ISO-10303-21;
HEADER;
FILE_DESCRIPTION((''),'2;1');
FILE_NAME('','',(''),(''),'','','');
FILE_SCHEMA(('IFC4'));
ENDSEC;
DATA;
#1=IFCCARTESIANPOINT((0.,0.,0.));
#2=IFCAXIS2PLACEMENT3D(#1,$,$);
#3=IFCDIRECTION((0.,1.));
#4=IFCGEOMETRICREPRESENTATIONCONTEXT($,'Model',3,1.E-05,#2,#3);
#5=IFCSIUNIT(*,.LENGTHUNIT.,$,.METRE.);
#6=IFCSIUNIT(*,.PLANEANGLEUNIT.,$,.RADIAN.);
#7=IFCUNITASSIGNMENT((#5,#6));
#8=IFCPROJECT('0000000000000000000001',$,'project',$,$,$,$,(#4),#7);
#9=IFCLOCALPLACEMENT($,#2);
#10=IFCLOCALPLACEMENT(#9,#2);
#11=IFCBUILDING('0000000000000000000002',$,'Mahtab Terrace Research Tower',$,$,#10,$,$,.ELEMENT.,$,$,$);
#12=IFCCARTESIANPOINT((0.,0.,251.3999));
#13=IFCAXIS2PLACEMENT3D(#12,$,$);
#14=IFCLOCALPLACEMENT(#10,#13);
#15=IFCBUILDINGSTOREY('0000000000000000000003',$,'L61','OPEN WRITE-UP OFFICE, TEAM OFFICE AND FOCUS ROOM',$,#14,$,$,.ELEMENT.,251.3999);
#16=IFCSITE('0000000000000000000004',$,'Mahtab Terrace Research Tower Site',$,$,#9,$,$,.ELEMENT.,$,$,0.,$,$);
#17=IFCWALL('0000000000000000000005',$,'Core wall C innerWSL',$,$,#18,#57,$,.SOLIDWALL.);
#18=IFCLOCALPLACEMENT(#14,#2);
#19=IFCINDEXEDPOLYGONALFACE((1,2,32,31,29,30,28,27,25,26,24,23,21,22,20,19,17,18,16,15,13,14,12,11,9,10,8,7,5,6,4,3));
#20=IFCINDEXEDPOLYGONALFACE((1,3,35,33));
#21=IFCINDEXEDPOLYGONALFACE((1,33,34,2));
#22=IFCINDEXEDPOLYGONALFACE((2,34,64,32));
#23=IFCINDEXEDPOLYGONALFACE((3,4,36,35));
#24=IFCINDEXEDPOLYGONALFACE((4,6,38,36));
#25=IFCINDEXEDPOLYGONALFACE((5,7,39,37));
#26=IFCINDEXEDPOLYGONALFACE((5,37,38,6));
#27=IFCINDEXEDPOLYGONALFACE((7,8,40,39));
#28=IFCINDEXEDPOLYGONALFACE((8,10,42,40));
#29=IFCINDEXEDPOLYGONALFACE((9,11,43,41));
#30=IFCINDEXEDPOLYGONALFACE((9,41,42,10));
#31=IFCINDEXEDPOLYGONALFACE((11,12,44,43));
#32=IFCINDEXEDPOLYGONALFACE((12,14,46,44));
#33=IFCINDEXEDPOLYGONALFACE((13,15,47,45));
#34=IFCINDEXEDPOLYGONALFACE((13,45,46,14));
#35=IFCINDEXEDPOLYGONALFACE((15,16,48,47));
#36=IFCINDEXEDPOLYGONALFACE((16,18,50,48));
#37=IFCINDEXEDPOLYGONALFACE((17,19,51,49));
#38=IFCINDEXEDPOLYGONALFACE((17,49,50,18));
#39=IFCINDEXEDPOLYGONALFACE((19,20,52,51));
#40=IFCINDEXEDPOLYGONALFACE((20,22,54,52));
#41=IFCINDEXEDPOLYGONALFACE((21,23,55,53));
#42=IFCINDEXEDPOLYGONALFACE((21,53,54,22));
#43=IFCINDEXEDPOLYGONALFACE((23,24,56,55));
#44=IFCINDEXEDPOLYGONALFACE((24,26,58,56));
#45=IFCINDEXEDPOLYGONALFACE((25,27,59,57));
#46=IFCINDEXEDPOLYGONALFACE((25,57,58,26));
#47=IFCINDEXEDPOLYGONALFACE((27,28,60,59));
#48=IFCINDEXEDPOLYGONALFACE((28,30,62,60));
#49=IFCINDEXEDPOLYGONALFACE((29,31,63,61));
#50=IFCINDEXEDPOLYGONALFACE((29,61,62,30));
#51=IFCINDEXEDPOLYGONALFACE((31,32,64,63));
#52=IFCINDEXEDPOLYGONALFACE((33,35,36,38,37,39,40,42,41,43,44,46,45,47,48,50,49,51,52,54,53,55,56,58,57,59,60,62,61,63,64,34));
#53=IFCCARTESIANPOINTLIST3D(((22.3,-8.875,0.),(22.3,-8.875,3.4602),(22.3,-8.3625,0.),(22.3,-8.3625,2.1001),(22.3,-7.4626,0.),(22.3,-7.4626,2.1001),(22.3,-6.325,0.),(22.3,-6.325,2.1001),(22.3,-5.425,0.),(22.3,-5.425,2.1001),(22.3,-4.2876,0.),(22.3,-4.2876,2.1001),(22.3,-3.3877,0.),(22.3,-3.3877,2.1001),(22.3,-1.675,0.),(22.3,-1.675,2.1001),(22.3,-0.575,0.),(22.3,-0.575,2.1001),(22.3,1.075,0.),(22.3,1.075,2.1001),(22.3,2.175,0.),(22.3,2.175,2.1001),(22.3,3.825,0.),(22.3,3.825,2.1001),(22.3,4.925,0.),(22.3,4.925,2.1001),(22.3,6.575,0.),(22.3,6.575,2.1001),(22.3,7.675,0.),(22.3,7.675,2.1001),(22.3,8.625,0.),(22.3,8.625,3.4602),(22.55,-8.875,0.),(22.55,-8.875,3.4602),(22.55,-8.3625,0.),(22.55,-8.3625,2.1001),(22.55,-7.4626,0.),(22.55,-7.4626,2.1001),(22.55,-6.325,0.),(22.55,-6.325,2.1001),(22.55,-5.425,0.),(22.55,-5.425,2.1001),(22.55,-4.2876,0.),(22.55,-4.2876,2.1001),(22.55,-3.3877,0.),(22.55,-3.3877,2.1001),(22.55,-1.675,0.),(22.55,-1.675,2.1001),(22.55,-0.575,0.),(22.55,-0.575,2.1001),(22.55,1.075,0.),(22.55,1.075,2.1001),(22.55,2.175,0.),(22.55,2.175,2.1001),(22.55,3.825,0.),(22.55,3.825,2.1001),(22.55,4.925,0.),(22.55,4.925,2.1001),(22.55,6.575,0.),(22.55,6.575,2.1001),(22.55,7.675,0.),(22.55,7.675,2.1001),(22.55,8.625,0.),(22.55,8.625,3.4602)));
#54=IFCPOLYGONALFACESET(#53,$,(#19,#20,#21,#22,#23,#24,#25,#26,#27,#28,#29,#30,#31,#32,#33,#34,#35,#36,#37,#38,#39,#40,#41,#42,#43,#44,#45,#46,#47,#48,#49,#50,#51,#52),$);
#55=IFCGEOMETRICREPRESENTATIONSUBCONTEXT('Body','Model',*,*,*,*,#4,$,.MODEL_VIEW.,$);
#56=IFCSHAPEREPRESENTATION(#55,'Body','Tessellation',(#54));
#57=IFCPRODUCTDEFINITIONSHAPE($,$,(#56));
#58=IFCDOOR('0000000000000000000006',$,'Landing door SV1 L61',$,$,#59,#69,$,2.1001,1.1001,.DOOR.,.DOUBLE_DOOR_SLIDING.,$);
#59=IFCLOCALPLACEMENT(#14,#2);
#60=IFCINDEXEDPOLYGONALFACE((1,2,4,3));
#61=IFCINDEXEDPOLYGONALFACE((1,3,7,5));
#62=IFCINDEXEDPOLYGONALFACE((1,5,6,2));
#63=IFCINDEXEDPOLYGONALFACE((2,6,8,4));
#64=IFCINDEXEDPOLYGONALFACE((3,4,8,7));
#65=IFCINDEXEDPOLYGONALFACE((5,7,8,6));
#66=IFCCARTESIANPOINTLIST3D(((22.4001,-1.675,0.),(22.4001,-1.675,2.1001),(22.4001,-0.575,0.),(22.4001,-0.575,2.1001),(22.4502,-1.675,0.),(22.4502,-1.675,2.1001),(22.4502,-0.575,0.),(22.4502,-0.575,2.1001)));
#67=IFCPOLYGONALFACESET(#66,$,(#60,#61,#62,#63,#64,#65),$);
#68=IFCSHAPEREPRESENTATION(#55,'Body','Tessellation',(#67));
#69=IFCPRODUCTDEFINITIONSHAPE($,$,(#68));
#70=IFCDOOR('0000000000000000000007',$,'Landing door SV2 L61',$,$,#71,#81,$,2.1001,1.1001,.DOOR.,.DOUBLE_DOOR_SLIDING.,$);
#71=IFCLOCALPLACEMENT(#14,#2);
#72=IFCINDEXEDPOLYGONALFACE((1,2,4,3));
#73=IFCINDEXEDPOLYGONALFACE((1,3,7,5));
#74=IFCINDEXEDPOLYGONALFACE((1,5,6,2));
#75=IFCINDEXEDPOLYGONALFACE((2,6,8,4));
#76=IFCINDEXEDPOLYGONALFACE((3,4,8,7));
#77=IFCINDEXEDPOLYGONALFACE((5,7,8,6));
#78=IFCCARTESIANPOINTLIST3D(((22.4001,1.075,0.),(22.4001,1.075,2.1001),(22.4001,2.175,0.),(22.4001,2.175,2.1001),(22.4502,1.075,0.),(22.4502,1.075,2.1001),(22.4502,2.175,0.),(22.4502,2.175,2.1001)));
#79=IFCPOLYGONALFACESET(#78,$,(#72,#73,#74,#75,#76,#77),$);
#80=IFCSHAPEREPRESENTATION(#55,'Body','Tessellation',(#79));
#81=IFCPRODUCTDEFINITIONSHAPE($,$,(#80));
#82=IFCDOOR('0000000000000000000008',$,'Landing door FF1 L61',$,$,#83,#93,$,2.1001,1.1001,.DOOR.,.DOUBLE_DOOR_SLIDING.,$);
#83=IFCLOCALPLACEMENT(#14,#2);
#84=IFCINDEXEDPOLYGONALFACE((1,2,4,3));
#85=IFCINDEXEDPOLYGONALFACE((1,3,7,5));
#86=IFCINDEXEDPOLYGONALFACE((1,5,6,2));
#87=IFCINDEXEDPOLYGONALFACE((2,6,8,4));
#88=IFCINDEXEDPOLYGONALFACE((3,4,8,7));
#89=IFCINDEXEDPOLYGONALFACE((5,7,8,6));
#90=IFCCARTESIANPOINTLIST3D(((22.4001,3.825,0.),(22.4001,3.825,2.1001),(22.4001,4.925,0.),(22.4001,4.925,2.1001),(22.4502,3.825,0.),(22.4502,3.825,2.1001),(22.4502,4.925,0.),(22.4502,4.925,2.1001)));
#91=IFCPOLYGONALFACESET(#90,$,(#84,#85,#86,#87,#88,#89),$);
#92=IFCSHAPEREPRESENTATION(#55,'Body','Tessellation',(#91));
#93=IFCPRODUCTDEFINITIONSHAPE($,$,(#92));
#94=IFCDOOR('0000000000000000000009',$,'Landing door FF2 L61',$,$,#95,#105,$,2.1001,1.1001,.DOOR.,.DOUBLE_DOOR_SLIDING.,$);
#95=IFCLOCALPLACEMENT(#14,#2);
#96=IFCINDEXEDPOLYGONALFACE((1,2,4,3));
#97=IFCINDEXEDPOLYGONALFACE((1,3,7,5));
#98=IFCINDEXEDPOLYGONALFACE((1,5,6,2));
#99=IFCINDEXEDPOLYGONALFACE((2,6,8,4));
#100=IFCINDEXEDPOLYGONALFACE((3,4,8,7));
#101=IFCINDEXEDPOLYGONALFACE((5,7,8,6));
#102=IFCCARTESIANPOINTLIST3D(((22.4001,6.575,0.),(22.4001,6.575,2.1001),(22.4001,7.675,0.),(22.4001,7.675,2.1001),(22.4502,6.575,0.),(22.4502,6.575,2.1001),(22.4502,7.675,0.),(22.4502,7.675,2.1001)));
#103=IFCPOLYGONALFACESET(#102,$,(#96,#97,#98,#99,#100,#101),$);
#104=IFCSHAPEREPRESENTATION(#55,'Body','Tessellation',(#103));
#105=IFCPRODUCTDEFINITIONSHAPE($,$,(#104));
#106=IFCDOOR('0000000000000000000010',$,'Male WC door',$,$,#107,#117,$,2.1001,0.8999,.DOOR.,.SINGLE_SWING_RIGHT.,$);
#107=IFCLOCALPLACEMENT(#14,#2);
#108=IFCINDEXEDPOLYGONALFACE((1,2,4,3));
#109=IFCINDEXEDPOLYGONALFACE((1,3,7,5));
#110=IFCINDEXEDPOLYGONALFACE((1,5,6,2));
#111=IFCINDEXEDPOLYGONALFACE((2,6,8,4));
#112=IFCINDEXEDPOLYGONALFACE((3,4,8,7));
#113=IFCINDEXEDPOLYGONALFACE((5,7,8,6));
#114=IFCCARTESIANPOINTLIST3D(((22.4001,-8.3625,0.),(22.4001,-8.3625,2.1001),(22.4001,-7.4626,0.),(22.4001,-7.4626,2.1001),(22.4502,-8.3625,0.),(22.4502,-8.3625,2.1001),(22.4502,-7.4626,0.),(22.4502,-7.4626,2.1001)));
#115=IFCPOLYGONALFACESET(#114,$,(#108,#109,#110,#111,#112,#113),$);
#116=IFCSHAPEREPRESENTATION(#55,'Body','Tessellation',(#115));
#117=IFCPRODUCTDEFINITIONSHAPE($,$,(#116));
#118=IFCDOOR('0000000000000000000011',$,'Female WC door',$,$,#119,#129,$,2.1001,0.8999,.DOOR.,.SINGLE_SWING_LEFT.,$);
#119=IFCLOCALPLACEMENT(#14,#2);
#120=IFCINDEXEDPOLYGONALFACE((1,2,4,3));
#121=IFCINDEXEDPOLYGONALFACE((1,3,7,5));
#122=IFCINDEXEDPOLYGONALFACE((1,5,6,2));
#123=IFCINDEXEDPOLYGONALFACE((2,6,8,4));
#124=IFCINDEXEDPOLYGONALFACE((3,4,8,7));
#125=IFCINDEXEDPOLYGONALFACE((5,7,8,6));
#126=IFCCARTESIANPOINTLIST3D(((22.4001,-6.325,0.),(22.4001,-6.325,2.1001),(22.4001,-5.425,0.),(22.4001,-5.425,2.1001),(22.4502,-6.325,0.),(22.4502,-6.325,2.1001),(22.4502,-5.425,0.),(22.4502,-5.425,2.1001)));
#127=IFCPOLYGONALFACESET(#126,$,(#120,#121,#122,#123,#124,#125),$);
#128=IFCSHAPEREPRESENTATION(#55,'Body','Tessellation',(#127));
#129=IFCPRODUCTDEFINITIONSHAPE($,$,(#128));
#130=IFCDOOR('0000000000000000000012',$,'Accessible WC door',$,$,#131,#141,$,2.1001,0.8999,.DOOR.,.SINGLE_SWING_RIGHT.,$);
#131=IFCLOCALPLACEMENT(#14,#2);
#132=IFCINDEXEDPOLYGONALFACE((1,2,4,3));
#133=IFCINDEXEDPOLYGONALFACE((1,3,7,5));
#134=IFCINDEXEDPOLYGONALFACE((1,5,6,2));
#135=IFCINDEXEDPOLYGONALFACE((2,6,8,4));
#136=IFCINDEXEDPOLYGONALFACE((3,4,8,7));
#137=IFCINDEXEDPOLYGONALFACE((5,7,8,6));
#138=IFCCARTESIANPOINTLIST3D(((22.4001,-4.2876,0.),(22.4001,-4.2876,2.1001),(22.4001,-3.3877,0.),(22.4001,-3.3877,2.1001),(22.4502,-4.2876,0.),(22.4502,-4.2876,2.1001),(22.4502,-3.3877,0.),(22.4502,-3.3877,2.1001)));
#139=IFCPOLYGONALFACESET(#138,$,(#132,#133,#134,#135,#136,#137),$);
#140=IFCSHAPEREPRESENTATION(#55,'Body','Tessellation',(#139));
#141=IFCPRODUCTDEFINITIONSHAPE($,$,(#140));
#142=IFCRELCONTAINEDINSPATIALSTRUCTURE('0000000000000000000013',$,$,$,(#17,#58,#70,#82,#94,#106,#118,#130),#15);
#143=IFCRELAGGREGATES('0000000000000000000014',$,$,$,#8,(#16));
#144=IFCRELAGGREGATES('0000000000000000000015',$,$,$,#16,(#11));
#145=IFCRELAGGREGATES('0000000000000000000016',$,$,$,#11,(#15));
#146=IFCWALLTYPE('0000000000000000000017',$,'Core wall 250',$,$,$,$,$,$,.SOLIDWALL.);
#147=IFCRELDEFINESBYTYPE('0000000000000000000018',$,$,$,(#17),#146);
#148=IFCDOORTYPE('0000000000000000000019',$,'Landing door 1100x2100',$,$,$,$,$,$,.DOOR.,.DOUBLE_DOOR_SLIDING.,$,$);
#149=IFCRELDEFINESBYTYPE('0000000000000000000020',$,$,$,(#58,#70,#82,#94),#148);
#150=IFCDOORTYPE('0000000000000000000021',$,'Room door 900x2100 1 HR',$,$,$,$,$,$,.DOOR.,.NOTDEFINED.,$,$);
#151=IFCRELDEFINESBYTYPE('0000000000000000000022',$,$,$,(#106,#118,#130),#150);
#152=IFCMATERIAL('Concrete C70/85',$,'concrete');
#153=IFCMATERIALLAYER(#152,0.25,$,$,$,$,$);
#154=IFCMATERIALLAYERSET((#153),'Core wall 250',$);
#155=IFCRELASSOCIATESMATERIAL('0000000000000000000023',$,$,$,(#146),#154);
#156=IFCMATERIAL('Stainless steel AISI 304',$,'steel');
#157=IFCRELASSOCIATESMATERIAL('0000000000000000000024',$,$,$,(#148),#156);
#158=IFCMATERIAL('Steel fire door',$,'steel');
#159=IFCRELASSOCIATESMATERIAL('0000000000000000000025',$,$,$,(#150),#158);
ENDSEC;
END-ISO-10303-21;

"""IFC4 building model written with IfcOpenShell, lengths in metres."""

from ifc_helpers import new_model, si_unit, direction, frame, frame_2d, origin, place, context, subcontext, project, spatial, rectangle, extrude, material, layer, layer_set, type_object, element, fill, save


model = new_model("IFC4")

# Units and contexts
model_context = context("Model", 3, precision=1e-05, world=origin(), true_north=direction((0.0, 1.0)))
body_context = subcontext(model_context, "Body", "Model", "MODEL_VIEW")
ifc_project = project(units=[si_unit("LENGTHUNIT", "METRE"), si_unit("PLANEANGLEUNIT", "RADIAN")], contexts=[model_context])

# Site, building, storey
site_placement = place(None, origin())
site = spatial("IfcSite", under=ifc_project, at=site_placement, Name="Mahtab Terrace Research Tower Site", CompositionType="ELEMENT", RefElevation=0.0)
building_placement = place(site_placement, origin())
building = spatial("IfcBuilding", under=site, at=building_placement, Name="Mahtab Terrace Research Tower", CompositionType="ELEMENT")
storey_placement = place(building_placement, frame((0.0, 0.0, 251.3999)))
storey = spatial("IfcBuildingStorey", under=building, at=storey_placement, Name="L61", Description="OPEN WRITE-UP OFFICE, TEAM OFFICE AND FOCUS ROOM", CompositionType="ELEMENT", Elevation=251.3999)

# Shared definitions
ifc_material_1 = material(Name="Concrete C70/85", Category="concrete")

# Wall, openings, doors
ifc_layer_1 = layer(ifc_material_1, 0.25)
ifc_layer_set_1 = layer_set([ifc_layer_1], Name="Core wall 250")
wall_type_1 = type_object("IfcWallType", Name="Core wall 250", PredefinedType="SOLIDWALL", material=ifc_layer_set_1)
wall_1_placement = place(storey_placement, frame((22.425, -8.875, 0.0), z_axis=(0.0, 0.0, 1.0), x_axis=(0.0, 1.0, 0.0)))
wall_1 = element("IfcWall", 1, at=wall_1_placement, inside=storey, type_object=wall_type_1, Name="Core wall C innerWSL", PredefinedType="SOLIDWALL", context=body_context, shape_type="SweptSolid", body=[
    extrude(rectangle(XDim=17.5, YDim=0.25, at=frame_2d((8.75, 0.0))), origin(), (0.0, 0.0, 1.0), 3.4602),
])
opening_1_placement = place(wall_1_placement, frame((7.2, 0.0, 0.0)))
opening_1 = element("IfcOpeningElement", 2, at=opening_1_placement, cuts=wall_1, PredefinedType="OPENING", context=body_context, shape_type="SweptSolid", body=[
    extrude(rectangle(XDim=1.1001, YDim=2.1001, at=frame_2d((0.55, 1.05))), frame((0.0, 0.135, 0.0), z_axis=(0.0, -1.0, 0.0), x_axis=(1.0, 0.0, 0.0)), (0.0, 0.0, 1.0), 0.27),
])
opening_2_placement = place(wall_1_placement, frame((9.95, 0.0, 0.0)))
opening_2 = element("IfcOpeningElement", 3, at=opening_2_placement, cuts=wall_1, PredefinedType="OPENING", context=body_context, shape_type="SweptSolid", body=[
    extrude(rectangle(XDim=1.1001, YDim=2.1001, at=frame_2d((0.55, 1.05))), frame((0.0, 0.135, 0.0), z_axis=(0.0, -1.0, 0.0), x_axis=(1.0, 0.0, 0.0)), (0.0, 0.0, 1.0), 0.27),
])
opening_3_placement = place(wall_1_placement, frame((12.7, 0.0, 0.0)))
opening_3 = element("IfcOpeningElement", 4, at=opening_3_placement, cuts=wall_1, PredefinedType="OPENING", context=body_context, shape_type="SweptSolid", body=[
    extrude(rectangle(XDim=1.1001, YDim=2.1001, at=frame_2d((0.55, 1.05))), frame((0.0, 0.135, 0.0), z_axis=(0.0, -1.0, 0.0), x_axis=(1.0, 0.0, 0.0)), (0.0, 0.0, 1.0), 0.27),
])
opening_4_placement = place(wall_1_placement, frame((15.45, 0.0, 0.0)))
opening_4 = element("IfcOpeningElement", 5, at=opening_4_placement, cuts=wall_1, PredefinedType="OPENING", context=body_context, shape_type="SweptSolid", body=[
    extrude(rectangle(XDim=1.1001, YDim=2.1001, at=frame_2d((0.55, 1.05))), frame((0.0, 0.135, 0.0), z_axis=(0.0, -1.0, 0.0), x_axis=(1.0, 0.0, 0.0)), (0.0, 0.0, 1.0), 0.27),
])
opening_5_placement = place(wall_1_placement, frame((0.5125, 0.0, 0.0)))
opening_5 = element("IfcOpeningElement", 6, at=opening_5_placement, cuts=wall_1, PredefinedType="OPENING", context=body_context, shape_type="SweptSolid", body=[
    extrude(rectangle(XDim=0.8999, YDim=2.1001, at=frame_2d((0.45, 1.05))), frame((0.0, 0.135, 0.0), z_axis=(0.0, -1.0, 0.0), x_axis=(1.0, 0.0, 0.0)), (0.0, 0.0, 1.0), 0.27),
])
opening_6_placement = place(wall_1_placement, frame((2.55, 0.0, 0.0)))
opening_6 = element("IfcOpeningElement", 7, at=opening_6_placement, cuts=wall_1, PredefinedType="OPENING", context=body_context, shape_type="SweptSolid", body=[
    extrude(rectangle(XDim=0.8999, YDim=2.1001, at=frame_2d((0.45, 1.05))), frame((0.0, 0.135, 0.0), z_axis=(0.0, -1.0, 0.0), x_axis=(1.0, 0.0, 0.0)), (0.0, 0.0, 1.0), 0.27),
])
opening_7_placement = place(wall_1_placement, frame((4.5874, 0.0, 0.0)))
opening_7 = element("IfcOpeningElement", 8, at=opening_7_placement, cuts=wall_1, PredefinedType="OPENING", context=body_context, shape_type="SweptSolid", body=[
    extrude(rectangle(XDim=0.8999, YDim=2.1001, at=frame_2d((0.45, 1.05))), frame((0.0, 0.135, 0.0), z_axis=(0.0, -1.0, 0.0), x_axis=(1.0, 0.0, 0.0)), (0.0, 0.0, 1.0), 0.27),
])
ifc_material_2 = material(Name="Stainless steel AISI 304", Category="steel")
door_type_1 = type_object("IfcDoorType", Name="Landing door 1100x2100", OperationType="DOUBLE_DOOR_SLIDING", PredefinedType="DOOR", material=ifc_material_2)
door_1_placement = place(opening_1_placement, origin())
door_1 = element("IfcDoor", 9, at=door_1_placement, inside=storey, type_object=door_type_1, Name="Landing door SV1 L61", OperationType="DOUBLE_DOOR_SLIDING", OverallHeight=2.1001, OverallWidth=1.1001, PredefinedType="DOOR", context=body_context, shape_type="SweptSolid", body=[
    extrude(rectangle(XDim=1.1001, YDim=2.1001, at=frame_2d((0.55, 1.05))), frame((0.0, 0.0249, 0.0), z_axis=(0.0, -1.0, 0.0), x_axis=(1.0, 0.0, 0.0)), (0.0, 0.0, 1.0), 0.05),
])
fill(opening_1, door_1)
door_2_placement = place(opening_2_placement, origin())
door_2 = element("IfcDoor", 10, at=door_2_placement, inside=storey, type_object=door_type_1, Name="Landing door SV2 L61", OperationType="DOUBLE_DOOR_SLIDING", OverallHeight=2.1001, OverallWidth=1.1001, PredefinedType="DOOR", context=body_context, shape_type="SweptSolid", body=[
    extrude(rectangle(XDim=1.1001, YDim=2.1001, at=frame_2d((0.55, 1.05))), frame((0.0, 0.0249, 0.0), z_axis=(0.0, -1.0, 0.0), x_axis=(1.0, 0.0, 0.0)), (0.0, 0.0, 1.0), 0.05),
])
fill(opening_2, door_2)
door_3_placement = place(opening_3_placement, origin())
door_3 = element("IfcDoor", 11, at=door_3_placement, inside=storey, type_object=door_type_1, Name="Landing door FF1 L61", OperationType="DOUBLE_DOOR_SLIDING", OverallHeight=2.1001, OverallWidth=1.1001, PredefinedType="DOOR", context=body_context, shape_type="SweptSolid", body=[
    extrude(rectangle(XDim=1.1001, YDim=2.1001, at=frame_2d((0.55, 1.05))), frame((0.0, 0.0249, 0.0), z_axis=(0.0, -1.0, 0.0), x_axis=(1.0, 0.0, 0.0)), (0.0, 0.0, 1.0), 0.05),
])
fill(opening_3, door_3)
door_4_placement = place(opening_4_placement, origin())
door_4 = element("IfcDoor", 12, at=door_4_placement, inside=storey, type_object=door_type_1, Name="Landing door FF2 L61", OperationType="DOUBLE_DOOR_SLIDING", OverallHeight=2.1001, OverallWidth=1.1001, PredefinedType="DOOR", context=body_context, shape_type="SweptSolid", body=[
    extrude(rectangle(XDim=1.1001, YDim=2.1001, at=frame_2d((0.55, 1.05))), frame((0.0, 0.0249, 0.0), z_axis=(0.0, -1.0, 0.0), x_axis=(1.0, 0.0, 0.0)), (0.0, 0.0, 1.0), 0.05),
])
fill(opening_4, door_4)
ifc_material_3 = material(Name="Steel fire door", Category="steel")
door_type_2 = type_object("IfcDoorType", Name="Room door 900x2100 1 HR", OperationType="NOTDEFINED", PredefinedType="DOOR", material=ifc_material_3)
door_5_placement = place(opening_5_placement, origin())
door_5 = element("IfcDoor", 13, at=door_5_placement, inside=storey, type_object=door_type_2, Name="Male WC door", OperationType="SINGLE_SWING_RIGHT", OverallHeight=2.1001, OverallWidth=0.8999, PredefinedType="DOOR", context=body_context, shape_type="SweptSolid", body=[
    extrude(rectangle(XDim=0.8999, YDim=2.1001, at=frame_2d((0.45, 1.05))), frame((0.0, 0.0249, 0.0), z_axis=(0.0, -1.0, 0.0), x_axis=(1.0, 0.0, 0.0)), (0.0, 0.0, 1.0), 0.05),
])
fill(opening_5, door_5)
door_6_placement = place(opening_6_placement, origin())
door_6 = element("IfcDoor", 14, at=door_6_placement, inside=storey, type_object=door_type_2, Name="Female WC door", OperationType="SINGLE_SWING_LEFT", OverallHeight=2.1001, OverallWidth=0.8999, PredefinedType="DOOR", context=body_context, shape_type="SweptSolid", body=[
    extrude(rectangle(XDim=0.8999, YDim=2.1001, at=frame_2d((0.45, 1.05))), frame((0.0, 0.0249, 0.0), z_axis=(0.0, -1.0, 0.0), x_axis=(1.0, 0.0, 0.0)), (0.0, 0.0, 1.0), 0.05),
])
fill(opening_6, door_6)
door_7_placement = place(opening_7_placement, origin())
door_7 = element("IfcDoor", 15, at=door_7_placement, inside=storey, type_object=door_type_2, Name="Accessible WC door", OperationType="SINGLE_SWING_RIGHT", OverallHeight=2.1001, OverallWidth=0.8999, PredefinedType="DOOR", context=body_context, shape_type="SweptSolid", body=[
    extrude(rectangle(XDim=0.8999, YDim=2.1001, at=frame_2d((0.45, 1.05))), frame((0.0, 0.0249, 0.0), z_axis=(0.0, -1.0, 0.0), x_axis=(1.0, 0.0, 0.0)), (0.0, 0.0, 1.0), 0.05),
])
fill(opening_7, door_7)

save(model, "model.ifc")
